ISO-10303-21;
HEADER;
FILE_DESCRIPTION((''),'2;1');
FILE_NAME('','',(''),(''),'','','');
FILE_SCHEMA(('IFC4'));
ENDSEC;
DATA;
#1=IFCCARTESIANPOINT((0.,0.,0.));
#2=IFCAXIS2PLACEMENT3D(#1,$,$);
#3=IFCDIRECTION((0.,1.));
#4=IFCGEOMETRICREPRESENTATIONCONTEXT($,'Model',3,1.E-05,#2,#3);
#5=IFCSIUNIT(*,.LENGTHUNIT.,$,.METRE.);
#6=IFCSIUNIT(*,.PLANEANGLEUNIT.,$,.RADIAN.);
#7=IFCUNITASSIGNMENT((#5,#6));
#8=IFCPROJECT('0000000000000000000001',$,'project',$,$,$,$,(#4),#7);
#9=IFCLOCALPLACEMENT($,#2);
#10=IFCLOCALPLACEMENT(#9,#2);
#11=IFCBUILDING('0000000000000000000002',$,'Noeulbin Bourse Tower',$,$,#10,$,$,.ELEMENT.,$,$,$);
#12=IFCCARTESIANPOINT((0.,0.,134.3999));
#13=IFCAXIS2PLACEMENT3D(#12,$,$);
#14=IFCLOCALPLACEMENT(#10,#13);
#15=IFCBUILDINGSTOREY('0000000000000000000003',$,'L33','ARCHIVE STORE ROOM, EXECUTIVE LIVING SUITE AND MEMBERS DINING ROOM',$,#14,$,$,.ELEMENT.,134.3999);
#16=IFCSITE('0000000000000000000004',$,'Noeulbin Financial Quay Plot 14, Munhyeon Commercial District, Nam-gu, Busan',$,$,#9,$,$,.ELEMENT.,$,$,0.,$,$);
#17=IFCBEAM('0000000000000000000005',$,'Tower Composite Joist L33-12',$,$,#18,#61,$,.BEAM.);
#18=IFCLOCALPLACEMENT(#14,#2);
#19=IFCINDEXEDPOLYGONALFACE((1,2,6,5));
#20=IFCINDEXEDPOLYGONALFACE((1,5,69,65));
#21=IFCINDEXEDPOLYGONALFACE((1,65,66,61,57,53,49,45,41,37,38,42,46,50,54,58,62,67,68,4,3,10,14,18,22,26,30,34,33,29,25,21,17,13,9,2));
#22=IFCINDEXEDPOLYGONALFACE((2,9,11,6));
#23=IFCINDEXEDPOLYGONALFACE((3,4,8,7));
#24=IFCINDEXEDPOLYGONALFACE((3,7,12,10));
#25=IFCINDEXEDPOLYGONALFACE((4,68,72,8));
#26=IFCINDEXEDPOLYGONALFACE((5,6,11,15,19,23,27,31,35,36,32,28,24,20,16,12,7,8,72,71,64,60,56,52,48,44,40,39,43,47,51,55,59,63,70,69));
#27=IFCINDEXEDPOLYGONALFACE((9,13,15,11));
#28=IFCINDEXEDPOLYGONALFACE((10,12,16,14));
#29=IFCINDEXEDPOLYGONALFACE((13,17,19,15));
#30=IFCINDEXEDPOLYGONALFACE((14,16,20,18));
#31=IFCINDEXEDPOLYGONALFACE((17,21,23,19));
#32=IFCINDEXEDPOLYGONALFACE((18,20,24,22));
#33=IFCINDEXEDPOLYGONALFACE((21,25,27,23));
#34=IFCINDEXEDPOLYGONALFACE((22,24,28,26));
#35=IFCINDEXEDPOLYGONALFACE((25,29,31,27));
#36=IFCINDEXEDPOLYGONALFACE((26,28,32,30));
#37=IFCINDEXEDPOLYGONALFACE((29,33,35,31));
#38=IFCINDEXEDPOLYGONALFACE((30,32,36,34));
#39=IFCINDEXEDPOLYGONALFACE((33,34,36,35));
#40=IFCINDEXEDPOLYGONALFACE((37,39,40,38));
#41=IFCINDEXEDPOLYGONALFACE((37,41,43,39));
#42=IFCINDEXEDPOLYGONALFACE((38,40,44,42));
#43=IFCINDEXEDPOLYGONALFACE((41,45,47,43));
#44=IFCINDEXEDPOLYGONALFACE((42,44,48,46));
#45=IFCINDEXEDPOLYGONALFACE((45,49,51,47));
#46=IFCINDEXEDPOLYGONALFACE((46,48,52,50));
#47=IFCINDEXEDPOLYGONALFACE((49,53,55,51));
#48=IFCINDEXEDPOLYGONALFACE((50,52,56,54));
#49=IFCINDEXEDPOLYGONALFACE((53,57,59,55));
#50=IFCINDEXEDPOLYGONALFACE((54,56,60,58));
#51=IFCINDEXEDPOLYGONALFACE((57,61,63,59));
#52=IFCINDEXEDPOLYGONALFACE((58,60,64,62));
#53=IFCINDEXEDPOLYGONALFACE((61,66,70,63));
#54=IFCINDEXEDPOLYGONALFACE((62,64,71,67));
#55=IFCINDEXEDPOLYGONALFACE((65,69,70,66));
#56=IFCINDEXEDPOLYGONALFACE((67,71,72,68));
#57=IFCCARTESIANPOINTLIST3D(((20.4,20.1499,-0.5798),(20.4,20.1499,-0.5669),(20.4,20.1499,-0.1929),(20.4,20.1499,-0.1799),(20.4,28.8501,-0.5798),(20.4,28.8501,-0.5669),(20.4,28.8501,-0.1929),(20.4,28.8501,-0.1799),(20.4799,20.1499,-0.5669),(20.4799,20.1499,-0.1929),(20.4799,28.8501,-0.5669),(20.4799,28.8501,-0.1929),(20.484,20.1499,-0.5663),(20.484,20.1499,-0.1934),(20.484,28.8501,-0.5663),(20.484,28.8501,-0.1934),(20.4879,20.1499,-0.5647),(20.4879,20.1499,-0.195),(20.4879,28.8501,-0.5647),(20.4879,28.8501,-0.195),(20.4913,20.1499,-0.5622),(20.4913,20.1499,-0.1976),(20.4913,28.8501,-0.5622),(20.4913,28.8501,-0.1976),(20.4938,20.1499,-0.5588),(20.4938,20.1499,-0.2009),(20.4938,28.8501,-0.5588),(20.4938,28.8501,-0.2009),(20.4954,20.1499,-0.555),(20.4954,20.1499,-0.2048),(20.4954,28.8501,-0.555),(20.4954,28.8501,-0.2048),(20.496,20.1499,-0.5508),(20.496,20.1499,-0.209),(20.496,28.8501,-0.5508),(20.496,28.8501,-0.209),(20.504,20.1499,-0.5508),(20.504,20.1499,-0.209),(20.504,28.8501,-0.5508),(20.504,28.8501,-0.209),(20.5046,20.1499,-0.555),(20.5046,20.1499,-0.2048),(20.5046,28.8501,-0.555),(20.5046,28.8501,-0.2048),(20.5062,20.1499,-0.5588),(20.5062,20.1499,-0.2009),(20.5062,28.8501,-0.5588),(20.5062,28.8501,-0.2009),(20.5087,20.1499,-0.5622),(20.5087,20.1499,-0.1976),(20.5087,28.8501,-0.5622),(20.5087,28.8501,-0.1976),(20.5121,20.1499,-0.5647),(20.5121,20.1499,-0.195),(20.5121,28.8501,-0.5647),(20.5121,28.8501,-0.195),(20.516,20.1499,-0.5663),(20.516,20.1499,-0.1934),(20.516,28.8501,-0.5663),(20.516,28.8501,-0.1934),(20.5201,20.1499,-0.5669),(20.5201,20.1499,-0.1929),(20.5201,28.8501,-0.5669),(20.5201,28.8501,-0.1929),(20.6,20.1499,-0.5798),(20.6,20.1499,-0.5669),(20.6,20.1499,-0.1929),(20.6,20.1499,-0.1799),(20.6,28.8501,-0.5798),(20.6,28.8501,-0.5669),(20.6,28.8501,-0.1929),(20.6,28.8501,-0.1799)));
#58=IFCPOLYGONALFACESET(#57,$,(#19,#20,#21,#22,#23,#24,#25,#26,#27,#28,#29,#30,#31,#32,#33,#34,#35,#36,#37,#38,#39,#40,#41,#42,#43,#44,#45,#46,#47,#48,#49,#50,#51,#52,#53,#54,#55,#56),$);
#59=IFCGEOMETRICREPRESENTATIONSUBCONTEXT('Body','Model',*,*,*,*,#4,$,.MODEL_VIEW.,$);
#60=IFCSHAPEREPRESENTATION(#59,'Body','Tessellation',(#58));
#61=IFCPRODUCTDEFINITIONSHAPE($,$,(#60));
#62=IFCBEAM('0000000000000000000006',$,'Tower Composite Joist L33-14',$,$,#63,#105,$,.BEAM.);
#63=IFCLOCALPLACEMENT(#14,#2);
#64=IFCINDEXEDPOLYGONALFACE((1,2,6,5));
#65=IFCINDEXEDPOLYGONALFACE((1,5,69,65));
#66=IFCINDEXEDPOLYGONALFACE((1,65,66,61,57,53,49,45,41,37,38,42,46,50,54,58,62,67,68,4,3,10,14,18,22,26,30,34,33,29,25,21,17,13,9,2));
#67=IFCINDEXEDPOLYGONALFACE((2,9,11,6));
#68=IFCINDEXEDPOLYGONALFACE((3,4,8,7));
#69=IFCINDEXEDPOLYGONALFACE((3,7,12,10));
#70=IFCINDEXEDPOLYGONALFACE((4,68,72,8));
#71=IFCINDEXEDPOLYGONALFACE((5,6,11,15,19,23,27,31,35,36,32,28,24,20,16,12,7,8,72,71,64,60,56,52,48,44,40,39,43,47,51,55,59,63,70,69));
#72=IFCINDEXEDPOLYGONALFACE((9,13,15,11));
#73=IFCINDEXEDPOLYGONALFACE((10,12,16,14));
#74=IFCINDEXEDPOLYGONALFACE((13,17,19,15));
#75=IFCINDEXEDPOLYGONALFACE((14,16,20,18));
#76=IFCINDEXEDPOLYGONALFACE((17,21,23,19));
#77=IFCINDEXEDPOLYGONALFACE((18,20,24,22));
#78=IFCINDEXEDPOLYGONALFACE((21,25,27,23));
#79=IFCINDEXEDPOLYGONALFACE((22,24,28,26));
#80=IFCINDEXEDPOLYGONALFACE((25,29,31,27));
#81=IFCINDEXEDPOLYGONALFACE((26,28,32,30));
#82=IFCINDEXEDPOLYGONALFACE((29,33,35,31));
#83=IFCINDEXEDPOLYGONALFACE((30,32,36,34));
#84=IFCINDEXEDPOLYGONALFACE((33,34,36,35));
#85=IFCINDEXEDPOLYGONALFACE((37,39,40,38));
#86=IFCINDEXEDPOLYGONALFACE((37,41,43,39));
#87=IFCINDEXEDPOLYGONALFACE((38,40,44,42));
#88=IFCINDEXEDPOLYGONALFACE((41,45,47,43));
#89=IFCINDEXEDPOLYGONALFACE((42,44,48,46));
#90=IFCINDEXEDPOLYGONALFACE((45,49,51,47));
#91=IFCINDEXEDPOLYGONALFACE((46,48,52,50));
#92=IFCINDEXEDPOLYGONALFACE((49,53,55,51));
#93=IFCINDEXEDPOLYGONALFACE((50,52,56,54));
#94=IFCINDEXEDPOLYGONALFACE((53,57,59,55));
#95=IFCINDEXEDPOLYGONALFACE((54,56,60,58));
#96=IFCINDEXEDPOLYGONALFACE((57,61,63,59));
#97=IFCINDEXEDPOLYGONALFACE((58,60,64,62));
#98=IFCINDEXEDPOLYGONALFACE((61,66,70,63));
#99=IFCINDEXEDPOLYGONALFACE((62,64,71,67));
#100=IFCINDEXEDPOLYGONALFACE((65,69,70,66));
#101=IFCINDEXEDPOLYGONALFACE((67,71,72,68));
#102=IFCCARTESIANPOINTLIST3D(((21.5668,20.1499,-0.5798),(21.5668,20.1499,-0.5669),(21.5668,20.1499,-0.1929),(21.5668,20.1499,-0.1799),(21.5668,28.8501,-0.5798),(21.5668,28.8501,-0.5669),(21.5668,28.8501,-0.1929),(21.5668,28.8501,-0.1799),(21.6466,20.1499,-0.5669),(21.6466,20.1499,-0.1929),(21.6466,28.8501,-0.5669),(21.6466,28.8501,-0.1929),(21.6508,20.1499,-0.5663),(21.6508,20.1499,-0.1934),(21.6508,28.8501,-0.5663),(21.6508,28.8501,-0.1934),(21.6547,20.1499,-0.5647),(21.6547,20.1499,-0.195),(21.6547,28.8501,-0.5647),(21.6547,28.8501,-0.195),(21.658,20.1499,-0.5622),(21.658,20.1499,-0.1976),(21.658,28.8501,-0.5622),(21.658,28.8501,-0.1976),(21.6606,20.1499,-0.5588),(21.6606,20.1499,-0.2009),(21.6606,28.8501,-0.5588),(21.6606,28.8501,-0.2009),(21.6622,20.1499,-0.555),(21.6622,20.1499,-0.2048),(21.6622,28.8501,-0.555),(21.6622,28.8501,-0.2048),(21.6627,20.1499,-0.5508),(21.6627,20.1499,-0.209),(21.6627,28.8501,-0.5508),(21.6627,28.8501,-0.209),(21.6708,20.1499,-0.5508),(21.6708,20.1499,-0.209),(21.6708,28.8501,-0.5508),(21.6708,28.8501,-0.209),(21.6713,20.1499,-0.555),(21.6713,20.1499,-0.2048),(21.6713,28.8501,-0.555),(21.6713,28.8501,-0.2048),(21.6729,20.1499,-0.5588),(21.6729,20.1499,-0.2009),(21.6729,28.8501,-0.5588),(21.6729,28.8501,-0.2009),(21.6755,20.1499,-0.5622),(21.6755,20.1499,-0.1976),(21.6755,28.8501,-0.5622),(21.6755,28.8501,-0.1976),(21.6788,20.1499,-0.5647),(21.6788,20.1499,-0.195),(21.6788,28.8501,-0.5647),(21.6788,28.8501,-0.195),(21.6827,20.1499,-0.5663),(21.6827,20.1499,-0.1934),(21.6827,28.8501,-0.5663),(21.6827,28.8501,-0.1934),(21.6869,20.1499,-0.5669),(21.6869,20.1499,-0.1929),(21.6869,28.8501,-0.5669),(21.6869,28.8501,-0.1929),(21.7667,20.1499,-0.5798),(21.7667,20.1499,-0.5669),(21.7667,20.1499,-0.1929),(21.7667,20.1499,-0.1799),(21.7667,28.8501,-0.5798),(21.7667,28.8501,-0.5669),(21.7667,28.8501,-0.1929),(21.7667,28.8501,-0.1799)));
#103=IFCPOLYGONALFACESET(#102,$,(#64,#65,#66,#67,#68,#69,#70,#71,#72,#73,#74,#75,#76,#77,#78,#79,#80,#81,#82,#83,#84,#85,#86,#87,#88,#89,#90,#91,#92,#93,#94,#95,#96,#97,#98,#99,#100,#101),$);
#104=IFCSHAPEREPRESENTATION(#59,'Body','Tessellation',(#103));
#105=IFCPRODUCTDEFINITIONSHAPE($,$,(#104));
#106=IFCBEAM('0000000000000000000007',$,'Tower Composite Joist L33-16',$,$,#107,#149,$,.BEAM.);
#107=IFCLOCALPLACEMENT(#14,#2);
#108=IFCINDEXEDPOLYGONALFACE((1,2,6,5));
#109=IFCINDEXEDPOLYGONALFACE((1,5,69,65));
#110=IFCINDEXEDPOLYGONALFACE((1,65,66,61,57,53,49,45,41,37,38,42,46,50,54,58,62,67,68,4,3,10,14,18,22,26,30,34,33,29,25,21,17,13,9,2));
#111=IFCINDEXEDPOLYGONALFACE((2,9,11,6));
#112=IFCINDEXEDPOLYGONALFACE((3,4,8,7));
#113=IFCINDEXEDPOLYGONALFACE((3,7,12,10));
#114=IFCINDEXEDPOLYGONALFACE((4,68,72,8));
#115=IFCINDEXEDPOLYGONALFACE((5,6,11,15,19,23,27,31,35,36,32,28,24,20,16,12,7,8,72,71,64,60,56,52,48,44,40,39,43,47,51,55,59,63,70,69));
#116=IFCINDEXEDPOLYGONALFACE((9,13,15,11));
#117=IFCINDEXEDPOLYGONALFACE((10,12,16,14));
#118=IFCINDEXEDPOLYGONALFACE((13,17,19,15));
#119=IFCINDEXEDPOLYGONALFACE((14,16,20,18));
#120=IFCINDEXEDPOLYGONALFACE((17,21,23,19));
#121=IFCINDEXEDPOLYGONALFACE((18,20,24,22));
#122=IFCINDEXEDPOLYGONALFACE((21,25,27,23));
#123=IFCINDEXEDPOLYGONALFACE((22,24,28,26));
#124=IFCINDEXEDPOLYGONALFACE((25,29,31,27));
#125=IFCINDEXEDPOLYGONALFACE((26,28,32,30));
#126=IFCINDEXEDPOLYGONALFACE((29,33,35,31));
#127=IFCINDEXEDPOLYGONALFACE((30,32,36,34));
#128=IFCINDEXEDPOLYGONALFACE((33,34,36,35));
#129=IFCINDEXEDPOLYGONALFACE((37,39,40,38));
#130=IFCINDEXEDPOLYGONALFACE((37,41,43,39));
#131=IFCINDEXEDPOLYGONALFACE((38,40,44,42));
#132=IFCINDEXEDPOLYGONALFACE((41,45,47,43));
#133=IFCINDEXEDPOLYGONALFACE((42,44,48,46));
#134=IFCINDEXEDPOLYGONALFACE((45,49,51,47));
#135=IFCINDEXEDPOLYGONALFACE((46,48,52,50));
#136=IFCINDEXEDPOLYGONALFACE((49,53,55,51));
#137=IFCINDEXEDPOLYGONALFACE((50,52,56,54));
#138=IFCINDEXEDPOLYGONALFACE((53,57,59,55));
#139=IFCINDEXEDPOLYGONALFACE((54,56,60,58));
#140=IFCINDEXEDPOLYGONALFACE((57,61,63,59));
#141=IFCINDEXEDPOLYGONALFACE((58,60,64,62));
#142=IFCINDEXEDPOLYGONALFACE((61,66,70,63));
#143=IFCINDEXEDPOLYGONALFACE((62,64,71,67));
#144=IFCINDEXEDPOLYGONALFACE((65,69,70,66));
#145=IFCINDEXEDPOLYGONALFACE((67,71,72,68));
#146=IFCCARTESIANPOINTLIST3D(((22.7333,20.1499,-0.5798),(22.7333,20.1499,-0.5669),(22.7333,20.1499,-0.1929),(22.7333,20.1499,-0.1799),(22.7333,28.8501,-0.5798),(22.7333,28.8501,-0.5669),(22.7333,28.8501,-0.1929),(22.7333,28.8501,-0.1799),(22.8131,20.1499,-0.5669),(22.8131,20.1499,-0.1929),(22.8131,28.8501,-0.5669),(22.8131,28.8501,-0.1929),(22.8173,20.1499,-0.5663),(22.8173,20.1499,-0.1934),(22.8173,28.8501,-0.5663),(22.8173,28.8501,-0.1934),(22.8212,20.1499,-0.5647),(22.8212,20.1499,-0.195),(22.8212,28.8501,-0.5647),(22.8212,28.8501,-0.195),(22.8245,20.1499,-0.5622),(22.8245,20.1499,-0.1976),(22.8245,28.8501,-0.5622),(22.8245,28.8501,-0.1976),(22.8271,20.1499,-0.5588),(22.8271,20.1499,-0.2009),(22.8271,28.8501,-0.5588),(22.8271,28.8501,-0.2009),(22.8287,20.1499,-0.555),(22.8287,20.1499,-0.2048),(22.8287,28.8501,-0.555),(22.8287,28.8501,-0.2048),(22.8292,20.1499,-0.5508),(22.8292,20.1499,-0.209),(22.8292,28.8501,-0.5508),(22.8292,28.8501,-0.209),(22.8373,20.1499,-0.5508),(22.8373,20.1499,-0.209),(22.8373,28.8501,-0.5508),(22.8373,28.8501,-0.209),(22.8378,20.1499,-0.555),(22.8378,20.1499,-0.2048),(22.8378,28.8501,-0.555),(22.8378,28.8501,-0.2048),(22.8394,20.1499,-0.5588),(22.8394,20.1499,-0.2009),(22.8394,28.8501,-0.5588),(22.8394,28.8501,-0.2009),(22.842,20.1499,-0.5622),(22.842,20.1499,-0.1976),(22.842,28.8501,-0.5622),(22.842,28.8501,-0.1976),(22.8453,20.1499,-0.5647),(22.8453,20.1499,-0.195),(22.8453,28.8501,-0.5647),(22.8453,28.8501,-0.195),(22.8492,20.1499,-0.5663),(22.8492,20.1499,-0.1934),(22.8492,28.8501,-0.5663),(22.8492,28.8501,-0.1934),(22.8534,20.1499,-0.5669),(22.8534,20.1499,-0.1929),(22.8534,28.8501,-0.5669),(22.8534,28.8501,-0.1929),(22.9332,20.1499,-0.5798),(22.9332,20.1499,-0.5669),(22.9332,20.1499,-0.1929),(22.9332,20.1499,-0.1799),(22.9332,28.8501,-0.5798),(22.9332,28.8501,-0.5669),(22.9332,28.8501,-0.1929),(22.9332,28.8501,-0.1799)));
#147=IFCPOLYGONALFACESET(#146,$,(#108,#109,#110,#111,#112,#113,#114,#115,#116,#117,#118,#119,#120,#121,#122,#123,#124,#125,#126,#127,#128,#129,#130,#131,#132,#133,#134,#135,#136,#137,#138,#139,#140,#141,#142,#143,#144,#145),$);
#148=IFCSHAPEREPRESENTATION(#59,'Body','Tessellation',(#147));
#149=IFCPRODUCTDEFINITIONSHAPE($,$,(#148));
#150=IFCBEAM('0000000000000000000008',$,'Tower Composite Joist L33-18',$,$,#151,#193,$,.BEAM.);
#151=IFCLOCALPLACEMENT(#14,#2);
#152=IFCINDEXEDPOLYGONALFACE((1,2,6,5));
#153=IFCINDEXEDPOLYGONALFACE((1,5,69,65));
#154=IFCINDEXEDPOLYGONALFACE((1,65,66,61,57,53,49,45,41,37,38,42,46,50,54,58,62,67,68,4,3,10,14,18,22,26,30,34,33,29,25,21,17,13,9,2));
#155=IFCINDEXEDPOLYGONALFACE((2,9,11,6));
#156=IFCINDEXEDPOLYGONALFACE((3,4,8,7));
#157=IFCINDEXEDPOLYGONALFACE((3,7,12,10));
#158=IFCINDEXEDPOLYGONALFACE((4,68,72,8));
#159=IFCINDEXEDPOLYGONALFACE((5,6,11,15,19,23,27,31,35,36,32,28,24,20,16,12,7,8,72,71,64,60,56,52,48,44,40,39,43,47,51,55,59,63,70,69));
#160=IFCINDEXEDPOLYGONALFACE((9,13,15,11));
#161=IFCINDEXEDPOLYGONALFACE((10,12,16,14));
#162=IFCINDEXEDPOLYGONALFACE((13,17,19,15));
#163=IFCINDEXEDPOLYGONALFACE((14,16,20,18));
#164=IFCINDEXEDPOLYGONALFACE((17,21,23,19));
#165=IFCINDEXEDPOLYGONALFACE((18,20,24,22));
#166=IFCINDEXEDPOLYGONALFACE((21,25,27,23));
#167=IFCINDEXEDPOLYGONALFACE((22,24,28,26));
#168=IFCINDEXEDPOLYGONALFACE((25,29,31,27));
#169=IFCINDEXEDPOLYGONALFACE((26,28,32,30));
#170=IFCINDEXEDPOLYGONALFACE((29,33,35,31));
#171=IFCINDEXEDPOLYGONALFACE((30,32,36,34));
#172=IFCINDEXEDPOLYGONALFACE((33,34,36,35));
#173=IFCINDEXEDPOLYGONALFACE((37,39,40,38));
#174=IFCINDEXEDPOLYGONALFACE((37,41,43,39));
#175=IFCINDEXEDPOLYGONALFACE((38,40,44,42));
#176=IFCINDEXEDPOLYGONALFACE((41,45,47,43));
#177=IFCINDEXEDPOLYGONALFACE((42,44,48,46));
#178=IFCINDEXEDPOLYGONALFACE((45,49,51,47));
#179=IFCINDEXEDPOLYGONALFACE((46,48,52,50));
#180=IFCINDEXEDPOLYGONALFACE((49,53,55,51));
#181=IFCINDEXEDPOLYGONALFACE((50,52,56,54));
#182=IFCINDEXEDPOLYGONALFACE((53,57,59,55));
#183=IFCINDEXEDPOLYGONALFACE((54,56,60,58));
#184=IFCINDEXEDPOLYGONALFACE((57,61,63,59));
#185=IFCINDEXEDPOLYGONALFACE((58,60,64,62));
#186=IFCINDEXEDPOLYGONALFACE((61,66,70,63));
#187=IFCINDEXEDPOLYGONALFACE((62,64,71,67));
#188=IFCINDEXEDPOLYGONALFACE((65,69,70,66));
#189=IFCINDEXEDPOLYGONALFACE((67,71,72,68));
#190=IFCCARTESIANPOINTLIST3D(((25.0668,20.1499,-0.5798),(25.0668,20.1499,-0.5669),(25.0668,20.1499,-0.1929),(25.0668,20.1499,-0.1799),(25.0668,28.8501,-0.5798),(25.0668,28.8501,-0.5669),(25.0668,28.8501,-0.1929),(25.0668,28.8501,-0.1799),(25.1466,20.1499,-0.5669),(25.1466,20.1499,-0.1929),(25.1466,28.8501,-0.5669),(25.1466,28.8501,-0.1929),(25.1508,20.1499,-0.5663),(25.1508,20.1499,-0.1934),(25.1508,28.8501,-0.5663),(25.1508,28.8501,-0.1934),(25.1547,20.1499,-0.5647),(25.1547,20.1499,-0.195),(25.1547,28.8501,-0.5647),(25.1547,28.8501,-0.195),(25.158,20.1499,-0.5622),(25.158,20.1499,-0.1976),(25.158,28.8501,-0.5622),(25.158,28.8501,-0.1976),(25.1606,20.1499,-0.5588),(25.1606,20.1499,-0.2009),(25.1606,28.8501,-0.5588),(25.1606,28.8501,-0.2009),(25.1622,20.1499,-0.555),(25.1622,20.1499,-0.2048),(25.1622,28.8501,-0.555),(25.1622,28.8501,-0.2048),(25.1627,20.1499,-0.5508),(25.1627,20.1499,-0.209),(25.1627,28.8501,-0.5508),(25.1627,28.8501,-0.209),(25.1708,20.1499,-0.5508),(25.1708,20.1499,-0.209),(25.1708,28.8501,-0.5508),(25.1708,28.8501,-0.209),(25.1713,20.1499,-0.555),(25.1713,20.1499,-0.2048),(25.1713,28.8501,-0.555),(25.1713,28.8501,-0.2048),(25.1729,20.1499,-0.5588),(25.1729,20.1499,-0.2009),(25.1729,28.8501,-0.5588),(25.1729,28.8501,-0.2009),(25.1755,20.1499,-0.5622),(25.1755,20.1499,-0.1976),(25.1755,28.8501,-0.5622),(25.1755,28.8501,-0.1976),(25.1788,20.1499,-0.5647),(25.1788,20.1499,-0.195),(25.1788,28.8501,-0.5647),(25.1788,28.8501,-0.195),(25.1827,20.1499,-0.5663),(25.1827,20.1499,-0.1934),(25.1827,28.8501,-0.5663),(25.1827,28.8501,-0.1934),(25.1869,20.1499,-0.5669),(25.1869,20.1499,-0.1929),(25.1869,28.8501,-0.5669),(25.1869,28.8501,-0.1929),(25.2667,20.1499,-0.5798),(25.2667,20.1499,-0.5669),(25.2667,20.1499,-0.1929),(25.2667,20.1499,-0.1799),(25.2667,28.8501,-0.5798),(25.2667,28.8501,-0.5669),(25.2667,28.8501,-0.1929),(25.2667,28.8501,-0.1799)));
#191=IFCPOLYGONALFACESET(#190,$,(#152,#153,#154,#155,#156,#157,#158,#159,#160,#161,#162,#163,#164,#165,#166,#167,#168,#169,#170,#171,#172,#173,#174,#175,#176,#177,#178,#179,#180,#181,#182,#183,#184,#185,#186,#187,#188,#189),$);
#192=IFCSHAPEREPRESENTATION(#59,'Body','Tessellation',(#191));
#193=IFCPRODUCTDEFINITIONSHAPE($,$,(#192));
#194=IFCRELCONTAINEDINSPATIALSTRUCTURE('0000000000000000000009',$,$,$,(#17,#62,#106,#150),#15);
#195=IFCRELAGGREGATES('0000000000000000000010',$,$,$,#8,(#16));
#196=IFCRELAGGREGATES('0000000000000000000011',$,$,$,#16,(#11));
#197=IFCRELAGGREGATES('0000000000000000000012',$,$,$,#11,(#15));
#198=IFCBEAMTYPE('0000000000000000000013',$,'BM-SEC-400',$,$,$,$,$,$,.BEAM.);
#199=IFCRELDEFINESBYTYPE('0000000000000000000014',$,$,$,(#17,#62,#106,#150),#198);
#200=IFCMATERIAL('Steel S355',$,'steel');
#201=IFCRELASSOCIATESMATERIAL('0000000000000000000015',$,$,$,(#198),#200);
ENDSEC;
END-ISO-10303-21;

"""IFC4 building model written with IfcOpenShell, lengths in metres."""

from ifc_helpers import new_model, si_unit, direction, frame, origin, origin_2d, place, context, subcontext, project, spatial, i_section, extrude, material, material_profile, profile_set, type_object, element, save


model = new_model("IFC4")

# Units and contexts
model_context = context("Model", 3, precision=1e-05, world=origin(), true_north=direction((0.0, 1.0)))
body_context = subcontext(model_context, "Body", "Model", "MODEL_VIEW")
ifc_project = project(units=[si_unit("LENGTHUNIT", "METRE"), si_unit("PLANEANGLEUNIT", "RADIAN")], contexts=[model_context])

# Site, building, storey
site_placement = place(None, origin())
site = spatial("IfcSite", under=ifc_project, at=site_placement, Name="Noeulbin Financial Quay Plot 14, Munhyeon Commercial District, Nam-gu, Busan", CompositionType="ELEMENT", RefElevation=0.0)
building_placement = place(site_placement, origin())
building = spatial("IfcBuilding", under=site, at=building_placement, Name="Noeulbin Bourse Tower", CompositionType="ELEMENT")
storey_placement = place(building_placement, frame((0.0, 0.0, 134.3999)))
storey = spatial("IfcBuildingStorey", under=building, at=storey_placement, Name="L33", Description="ARCHIVE STORE ROOM, EXECUTIVE LIVING SUITE AND MEMBERS DINING ROOM", CompositionType="ELEMENT", Elevation=134.3999)

# Beams
ifc_material_1 = material(Name="Steel S355", Category="steel")
ifc_material_profile_1 = material_profile(ifc_material_1, i_section(OverallWidth=0.2, OverallDepth=0.3999, WebThickness=0.0081, FlangeThickness=0.0129, FilletRadius=0.0161, at=origin_2d()), Name="H-400x200x8x13", Category="LoadBearing")
ifc_profile_set_1 = profile_set([ifc_material_profile_1], Name="Steel S355")
beam_type = type_object("IfcBeamType", Name="BM-SEC-400", PredefinedType="BEAM", material=ifc_profile_set_1)
for number, where, z_axis, x_axis, name in (
    (1, (20.5, 20.1499, -0.3799), (0.0, 1.0, 0.0), (-1.0, 0.0, 0.0), "Tower Composite Joist L33-12"),
    (2, (21.6667, 20.1499, -0.3799), (0.0, 1.0, 0.0), (-1.0, 0.0, 0.0), "Tower Composite Joist L33-14"),
    (3, (22.8333, 20.1499, -0.3799), (0.0, 1.0, 0.0), (-1.0, 0.0, 0.0), "Tower Composite Joist L33-16"),
    (4, (25.1667, 20.1499, -0.3799), (0.0, 1.0, 0.0), (-1.0, 0.0, 0.0), "Tower Composite Joist L33-18"),
):
    element("IfcBeam", number, at=place(storey_placement, frame(where, z_axis=z_axis, x_axis=x_axis)), inside=storey, type_object=beam_type, Name=name, PredefinedType="BEAM", context=body_context, shape_type="SweptSolid", body=[
        extrude(i_section(OverallWidth=0.2, OverallDepth=0.3999, WebThickness=0.0081, FlangeThickness=0.0129, FilletRadius=0.0161, at=origin_2d()), origin(), (0.0, 0.0, 1.0), 8.7002),
    ])

save(model, "model.ifc")
